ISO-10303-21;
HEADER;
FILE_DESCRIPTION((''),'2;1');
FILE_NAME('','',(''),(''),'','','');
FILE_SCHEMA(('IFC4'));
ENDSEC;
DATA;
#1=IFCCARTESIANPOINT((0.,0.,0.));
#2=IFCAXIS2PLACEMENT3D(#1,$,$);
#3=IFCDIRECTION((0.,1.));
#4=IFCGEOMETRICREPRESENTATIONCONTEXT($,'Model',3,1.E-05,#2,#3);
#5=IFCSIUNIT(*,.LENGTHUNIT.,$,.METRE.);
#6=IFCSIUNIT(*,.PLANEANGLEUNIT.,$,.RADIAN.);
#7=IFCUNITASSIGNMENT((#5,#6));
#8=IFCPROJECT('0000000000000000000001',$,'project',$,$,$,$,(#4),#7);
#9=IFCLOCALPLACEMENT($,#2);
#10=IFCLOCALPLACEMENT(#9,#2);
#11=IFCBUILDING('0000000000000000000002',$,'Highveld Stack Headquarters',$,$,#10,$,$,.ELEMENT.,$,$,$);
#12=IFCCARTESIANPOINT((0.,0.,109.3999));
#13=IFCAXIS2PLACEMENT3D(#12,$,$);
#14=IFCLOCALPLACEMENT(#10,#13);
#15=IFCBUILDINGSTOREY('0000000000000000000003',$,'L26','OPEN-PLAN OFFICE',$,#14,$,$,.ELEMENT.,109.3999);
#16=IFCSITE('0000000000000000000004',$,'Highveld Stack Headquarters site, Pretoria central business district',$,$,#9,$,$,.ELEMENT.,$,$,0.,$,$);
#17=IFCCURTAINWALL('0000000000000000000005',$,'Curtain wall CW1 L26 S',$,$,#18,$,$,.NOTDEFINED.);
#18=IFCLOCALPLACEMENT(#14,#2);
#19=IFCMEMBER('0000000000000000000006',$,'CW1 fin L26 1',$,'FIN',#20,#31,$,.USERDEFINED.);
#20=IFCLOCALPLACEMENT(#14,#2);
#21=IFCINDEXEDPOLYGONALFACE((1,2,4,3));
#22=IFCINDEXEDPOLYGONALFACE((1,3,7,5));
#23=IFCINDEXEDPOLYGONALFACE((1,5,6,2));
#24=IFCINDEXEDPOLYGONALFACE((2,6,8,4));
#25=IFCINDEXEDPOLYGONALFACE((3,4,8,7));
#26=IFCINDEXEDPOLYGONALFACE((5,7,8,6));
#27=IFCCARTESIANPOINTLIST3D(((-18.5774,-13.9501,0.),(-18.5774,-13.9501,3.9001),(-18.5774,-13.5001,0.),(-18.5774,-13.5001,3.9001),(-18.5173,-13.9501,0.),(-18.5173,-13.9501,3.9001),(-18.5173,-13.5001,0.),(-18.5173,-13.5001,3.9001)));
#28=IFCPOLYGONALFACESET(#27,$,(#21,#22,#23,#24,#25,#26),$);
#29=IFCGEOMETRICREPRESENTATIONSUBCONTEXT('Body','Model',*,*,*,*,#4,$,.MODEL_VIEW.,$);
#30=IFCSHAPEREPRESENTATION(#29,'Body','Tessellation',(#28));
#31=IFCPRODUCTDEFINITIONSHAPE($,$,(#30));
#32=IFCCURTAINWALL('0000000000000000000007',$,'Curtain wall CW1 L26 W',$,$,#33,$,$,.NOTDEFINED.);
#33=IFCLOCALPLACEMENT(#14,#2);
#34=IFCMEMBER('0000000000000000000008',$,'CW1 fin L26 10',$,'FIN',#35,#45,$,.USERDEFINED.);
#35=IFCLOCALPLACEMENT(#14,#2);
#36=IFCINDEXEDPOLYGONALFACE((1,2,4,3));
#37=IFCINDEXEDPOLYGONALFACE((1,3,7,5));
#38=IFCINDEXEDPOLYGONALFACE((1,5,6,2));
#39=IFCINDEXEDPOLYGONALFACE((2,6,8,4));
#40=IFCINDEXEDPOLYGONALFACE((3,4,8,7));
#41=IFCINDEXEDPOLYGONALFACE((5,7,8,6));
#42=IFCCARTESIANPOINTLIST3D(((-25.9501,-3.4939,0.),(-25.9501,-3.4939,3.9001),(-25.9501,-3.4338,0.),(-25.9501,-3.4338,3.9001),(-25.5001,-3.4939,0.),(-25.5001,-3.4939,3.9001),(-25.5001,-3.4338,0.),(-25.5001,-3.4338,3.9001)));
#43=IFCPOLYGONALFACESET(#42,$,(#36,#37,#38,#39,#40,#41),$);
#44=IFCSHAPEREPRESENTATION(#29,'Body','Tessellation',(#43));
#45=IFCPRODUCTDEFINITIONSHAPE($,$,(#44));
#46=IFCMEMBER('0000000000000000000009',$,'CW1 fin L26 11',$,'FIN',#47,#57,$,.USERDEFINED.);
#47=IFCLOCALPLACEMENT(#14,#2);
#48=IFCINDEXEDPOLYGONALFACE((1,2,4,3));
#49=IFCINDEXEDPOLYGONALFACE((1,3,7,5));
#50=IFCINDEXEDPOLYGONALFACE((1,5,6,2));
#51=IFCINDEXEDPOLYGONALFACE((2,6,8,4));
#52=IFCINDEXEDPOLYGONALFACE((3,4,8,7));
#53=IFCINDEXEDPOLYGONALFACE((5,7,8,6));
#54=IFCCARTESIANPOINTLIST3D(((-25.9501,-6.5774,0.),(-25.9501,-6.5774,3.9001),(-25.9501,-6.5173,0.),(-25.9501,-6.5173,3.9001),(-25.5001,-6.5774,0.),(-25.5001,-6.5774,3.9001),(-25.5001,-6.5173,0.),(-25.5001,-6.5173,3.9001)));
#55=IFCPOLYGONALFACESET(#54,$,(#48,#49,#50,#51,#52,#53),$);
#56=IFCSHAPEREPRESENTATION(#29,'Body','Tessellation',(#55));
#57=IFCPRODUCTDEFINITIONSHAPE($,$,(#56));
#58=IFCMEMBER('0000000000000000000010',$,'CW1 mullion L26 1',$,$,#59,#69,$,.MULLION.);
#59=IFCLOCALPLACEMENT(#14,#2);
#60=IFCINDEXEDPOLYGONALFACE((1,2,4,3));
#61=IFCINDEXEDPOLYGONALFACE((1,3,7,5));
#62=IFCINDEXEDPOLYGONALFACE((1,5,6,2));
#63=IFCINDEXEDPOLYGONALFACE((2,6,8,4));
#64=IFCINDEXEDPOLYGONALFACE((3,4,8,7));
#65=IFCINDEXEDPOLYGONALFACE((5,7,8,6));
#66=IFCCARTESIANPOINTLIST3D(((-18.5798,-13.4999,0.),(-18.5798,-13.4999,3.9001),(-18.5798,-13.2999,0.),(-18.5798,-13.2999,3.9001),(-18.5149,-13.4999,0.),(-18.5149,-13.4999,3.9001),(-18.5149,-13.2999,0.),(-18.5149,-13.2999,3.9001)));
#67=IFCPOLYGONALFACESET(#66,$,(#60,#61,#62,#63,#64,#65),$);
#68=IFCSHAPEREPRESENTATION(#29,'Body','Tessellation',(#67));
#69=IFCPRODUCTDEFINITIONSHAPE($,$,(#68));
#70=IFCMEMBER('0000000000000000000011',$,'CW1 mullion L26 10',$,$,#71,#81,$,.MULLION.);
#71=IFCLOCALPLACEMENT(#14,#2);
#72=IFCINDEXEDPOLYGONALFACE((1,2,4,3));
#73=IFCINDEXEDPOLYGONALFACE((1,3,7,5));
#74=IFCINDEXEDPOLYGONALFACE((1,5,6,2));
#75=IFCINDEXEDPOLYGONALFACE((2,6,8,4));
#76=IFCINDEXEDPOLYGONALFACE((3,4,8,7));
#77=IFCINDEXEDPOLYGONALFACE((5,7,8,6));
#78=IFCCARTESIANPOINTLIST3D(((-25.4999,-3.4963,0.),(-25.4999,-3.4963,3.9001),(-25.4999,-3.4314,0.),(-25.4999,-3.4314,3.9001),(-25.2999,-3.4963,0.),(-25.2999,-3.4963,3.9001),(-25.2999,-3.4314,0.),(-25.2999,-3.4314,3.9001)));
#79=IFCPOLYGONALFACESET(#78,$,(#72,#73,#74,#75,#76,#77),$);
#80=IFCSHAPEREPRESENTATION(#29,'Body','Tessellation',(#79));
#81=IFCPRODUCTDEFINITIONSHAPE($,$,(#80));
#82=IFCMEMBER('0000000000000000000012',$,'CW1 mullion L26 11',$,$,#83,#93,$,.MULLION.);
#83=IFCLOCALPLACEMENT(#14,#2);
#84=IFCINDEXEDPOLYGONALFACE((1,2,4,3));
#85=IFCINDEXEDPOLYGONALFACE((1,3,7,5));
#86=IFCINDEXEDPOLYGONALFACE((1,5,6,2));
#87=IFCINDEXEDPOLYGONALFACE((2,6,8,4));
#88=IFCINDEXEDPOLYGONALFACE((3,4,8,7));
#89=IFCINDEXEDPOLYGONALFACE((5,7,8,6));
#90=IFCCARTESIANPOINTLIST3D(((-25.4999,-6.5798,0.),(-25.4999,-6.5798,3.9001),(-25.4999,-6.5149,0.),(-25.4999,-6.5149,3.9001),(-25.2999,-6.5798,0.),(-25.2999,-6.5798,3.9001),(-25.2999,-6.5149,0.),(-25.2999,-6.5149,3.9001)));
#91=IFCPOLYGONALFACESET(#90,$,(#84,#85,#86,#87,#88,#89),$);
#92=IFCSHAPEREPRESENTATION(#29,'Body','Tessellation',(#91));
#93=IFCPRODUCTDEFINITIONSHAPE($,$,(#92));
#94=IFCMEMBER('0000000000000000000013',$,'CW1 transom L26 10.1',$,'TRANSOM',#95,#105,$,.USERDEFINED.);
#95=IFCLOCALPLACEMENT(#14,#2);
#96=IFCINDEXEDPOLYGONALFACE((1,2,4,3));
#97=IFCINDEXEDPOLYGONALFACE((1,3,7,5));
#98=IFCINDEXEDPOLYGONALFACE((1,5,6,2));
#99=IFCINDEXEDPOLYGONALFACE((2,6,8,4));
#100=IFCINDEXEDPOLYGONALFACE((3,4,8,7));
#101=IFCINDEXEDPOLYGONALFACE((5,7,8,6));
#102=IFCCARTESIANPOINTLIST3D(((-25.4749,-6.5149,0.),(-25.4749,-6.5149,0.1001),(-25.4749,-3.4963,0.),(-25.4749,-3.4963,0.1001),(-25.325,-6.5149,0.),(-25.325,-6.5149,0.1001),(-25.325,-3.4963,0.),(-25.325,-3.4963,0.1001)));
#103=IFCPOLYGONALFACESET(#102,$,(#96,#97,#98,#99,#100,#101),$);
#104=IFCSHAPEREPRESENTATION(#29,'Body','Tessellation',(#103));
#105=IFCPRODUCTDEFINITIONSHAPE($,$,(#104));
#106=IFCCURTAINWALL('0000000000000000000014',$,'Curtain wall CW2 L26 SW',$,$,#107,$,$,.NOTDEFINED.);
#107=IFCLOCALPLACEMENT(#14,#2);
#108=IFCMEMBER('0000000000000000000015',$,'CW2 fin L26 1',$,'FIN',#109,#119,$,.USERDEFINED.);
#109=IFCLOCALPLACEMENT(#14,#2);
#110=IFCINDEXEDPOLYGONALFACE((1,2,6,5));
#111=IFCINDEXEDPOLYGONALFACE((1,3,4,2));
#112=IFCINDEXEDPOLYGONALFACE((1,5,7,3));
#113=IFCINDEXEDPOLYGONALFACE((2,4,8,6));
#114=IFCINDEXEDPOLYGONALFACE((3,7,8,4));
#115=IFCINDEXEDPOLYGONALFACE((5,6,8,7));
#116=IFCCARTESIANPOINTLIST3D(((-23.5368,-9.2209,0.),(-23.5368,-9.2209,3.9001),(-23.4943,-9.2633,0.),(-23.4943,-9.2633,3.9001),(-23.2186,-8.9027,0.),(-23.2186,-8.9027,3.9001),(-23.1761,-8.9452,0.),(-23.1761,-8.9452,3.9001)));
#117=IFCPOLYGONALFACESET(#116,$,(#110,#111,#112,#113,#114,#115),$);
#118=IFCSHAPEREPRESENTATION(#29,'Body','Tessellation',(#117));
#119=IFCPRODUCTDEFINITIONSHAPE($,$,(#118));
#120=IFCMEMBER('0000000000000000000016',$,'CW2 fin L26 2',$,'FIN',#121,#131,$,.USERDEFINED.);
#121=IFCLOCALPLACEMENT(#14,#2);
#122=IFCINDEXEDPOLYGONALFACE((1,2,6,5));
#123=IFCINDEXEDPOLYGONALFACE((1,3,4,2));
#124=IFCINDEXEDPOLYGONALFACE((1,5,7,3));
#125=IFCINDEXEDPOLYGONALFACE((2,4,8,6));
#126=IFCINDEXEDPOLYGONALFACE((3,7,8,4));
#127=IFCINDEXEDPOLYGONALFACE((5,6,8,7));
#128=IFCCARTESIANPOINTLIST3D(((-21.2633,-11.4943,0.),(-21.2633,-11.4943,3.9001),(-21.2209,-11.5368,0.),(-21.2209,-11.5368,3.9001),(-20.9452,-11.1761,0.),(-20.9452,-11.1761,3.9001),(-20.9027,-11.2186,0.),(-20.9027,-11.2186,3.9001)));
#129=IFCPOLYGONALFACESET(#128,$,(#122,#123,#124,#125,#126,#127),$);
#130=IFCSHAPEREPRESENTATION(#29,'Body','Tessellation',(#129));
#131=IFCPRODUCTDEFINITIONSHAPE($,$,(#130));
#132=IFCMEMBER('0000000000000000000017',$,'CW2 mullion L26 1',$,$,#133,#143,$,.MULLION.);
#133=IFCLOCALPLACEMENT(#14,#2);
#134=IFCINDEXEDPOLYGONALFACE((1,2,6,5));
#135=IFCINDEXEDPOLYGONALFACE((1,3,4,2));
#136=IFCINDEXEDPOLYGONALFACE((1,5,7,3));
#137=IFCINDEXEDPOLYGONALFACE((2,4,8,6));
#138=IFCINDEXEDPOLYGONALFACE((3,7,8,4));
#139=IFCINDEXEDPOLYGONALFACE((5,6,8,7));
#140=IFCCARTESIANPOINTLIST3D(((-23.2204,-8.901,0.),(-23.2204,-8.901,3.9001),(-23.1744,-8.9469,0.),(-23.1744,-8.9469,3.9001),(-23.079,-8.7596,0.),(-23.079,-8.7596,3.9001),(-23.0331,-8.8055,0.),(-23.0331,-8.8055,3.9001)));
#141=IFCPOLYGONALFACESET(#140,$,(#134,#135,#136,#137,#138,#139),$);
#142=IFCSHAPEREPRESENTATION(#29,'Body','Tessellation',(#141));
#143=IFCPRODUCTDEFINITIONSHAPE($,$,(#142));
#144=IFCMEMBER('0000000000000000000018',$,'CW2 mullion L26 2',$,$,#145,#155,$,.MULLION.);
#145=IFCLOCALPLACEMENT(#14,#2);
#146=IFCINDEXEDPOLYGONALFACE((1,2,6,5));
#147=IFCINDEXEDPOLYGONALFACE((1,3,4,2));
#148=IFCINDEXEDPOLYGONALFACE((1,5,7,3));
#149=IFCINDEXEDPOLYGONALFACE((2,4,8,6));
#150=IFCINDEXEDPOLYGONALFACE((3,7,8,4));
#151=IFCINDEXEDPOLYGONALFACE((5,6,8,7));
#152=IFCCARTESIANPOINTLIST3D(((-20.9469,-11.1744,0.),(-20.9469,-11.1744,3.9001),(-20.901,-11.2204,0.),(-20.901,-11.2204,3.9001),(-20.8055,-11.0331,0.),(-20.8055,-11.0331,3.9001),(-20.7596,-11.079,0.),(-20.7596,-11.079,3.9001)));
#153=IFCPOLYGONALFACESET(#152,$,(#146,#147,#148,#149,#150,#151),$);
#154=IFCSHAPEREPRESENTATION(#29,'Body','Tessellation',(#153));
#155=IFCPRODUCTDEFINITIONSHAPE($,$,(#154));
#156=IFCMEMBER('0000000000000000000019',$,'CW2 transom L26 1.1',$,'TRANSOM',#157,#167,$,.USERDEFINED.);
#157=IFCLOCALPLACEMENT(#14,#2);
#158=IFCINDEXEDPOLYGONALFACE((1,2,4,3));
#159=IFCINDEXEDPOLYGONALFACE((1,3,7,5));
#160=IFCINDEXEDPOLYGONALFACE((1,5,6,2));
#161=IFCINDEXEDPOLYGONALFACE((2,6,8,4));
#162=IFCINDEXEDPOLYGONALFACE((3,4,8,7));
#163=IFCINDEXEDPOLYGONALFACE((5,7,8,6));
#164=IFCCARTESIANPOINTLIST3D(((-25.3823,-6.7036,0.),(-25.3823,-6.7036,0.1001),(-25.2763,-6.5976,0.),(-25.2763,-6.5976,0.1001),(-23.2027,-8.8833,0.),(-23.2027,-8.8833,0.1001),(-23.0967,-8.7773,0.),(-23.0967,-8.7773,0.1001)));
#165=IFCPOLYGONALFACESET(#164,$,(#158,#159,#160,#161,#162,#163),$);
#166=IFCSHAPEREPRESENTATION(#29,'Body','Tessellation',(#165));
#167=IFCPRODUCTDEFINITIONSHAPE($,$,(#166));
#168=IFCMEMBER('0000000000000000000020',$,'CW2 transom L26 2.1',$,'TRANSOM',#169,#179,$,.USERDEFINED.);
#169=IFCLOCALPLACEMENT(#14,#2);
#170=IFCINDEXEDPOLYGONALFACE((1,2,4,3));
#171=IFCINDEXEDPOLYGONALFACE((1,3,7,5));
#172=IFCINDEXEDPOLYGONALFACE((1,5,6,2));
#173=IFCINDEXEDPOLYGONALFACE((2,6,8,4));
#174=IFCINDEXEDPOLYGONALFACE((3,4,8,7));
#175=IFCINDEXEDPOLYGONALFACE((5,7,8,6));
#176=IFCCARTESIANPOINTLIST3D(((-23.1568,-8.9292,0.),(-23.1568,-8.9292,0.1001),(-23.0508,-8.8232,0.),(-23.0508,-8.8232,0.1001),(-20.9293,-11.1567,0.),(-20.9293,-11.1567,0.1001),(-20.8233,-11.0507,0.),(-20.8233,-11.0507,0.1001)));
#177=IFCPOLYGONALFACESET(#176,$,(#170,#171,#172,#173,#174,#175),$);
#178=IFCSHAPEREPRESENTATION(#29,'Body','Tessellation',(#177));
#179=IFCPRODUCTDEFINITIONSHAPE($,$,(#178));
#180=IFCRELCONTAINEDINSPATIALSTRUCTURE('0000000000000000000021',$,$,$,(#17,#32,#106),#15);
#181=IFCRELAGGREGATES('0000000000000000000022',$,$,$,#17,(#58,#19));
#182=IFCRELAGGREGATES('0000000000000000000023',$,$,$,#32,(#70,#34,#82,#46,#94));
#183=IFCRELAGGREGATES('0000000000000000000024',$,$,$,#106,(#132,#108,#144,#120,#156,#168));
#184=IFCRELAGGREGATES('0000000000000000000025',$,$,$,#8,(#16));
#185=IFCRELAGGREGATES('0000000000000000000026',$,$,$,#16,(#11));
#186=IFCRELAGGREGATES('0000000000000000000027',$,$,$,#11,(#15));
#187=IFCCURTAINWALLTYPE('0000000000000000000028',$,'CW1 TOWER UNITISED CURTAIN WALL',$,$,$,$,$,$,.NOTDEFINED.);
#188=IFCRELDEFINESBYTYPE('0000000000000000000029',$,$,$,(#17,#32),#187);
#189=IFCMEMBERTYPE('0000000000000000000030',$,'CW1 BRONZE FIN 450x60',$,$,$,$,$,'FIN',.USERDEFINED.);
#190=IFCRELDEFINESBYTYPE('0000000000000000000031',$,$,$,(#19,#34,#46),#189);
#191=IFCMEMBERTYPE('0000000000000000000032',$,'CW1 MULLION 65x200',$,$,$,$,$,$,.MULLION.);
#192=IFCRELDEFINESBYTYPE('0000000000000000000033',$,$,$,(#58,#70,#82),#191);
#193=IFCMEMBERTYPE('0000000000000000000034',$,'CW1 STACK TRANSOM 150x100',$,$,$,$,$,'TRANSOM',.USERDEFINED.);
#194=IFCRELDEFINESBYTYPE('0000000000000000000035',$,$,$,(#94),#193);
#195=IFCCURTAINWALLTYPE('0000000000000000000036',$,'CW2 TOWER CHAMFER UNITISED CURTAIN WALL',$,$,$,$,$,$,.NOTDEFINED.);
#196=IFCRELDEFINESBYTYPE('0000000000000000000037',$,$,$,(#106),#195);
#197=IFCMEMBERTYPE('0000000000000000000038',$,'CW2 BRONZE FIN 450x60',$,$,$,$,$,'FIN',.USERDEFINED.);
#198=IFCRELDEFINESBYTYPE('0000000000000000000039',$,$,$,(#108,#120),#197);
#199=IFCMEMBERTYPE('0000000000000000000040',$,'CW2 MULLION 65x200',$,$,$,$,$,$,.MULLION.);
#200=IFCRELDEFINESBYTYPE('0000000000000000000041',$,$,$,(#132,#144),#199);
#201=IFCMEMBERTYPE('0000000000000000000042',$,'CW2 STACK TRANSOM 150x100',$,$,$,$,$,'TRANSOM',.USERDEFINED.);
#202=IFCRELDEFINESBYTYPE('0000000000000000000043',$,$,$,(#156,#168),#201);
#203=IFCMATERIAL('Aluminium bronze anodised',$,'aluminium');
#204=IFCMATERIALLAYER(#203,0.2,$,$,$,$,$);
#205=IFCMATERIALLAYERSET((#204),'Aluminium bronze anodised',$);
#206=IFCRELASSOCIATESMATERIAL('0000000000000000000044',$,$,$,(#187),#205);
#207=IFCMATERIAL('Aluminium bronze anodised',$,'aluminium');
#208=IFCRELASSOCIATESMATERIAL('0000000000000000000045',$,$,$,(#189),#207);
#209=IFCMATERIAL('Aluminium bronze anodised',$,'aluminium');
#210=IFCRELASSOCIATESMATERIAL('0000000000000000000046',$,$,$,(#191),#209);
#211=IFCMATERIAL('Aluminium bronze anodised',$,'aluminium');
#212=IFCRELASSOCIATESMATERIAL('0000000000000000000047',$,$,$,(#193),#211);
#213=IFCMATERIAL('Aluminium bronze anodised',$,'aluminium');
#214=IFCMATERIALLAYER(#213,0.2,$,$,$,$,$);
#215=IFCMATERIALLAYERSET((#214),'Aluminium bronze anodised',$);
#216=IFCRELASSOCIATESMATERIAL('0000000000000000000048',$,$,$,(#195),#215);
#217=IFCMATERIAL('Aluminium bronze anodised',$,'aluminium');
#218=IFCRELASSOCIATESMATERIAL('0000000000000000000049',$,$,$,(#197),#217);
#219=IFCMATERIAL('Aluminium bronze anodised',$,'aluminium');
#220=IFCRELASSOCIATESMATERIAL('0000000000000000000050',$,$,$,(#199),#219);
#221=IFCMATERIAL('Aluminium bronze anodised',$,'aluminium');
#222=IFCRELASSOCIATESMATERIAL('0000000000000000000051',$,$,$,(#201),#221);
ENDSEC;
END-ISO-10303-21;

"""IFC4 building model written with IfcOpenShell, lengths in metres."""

from ifc_helpers import new_model, si_unit, direction, frame, origin, origin_2d, place, context, subcontext, project, spatial, rectangle, extrude, material, layer, layer_set, material_profile, profile_set, type_object, element, aggregate, save


model = new_model("IFC4")

# Units and contexts
model_context = context("Model", 3, precision=1e-05, world=origin(), true_north=direction((0.0, 1.0)))
body_context = subcontext(model_context, "Body", "Model", "MODEL_VIEW")
ifc_project = project(units=[si_unit("LENGTHUNIT", "METRE"), si_unit("PLANEANGLEUNIT", "RADIAN")], contexts=[model_context])

# Site, building, storey
site_placement = place(None, origin())
site = spatial("IfcSite", under=ifc_project, at=site_placement, Name="Highveld Stack Headquarters site, Pretoria central business district", CompositionType="ELEMENT", RefElevation=0.0)
building_placement = place(site_placement, origin())
building = spatial("IfcBuilding", under=site, at=building_placement, Name="Highveld Stack Headquarters", CompositionType="ELEMENT")
storey_placement = place(building_placement, frame((0.0, 0.0, 109.3999)))
storey = spatial("IfcBuildingStorey", under=building, at=storey_placement, Name="L26", Description="OPEN-PLAN OFFICE", CompositionType="ELEMENT", Elevation=109.3999)

# Curtain wall, member
ifc_material_1 = material(Name="Aluminium bronze anodised", Category="aluminium")
ifc_layer_1 = layer(ifc_material_1, 0.2)
ifc_layer_set_1 = layer_set([ifc_layer_1], Name="Aluminium bronze anodised")
curtain_wall_type_1 = type_object("IfcCurtainWallType", Name="CW1 TOWER UNITISED CURTAIN WALL", PredefinedType="NOTDEFINED", material=ifc_layer_set_1)
curtain_wall_1_placement = place(storey_placement, origin())
curtain_wall_1 = element("IfcCurtainWall", 1, at=curtain_wall_1_placement, inside=storey, type_object=curtain_wall_type_1, Name="Curtain wall CW1 L26 S", PredefinedType="NOTDEFINED")
ifc_material_2 = material(Name="Aluminium bronze anodised", Category="aluminium")
ifc_material_profile_1 = material_profile(ifc_material_2, rectangle(XDim=0.45, YDim=0.0601, at=origin_2d()), Name="FIN 450x60")
ifc_profile_set_1 = profile_set([ifc_material_profile_1], Name="Aluminium bronze anodised")
member_type_1 = type_object("IfcMemberType", Name="CW1 BRONZE FIN 450x60", ElementType="FIN", PredefinedType="USERDEFINED", material=ifc_profile_set_1)
member_1_placement = place(storey_placement, frame((-18.5474, -13.7251, 0.0), z_axis=(0.0, 0.0, 1.0), x_axis=(0.0, 1.0, 0.0)))
member_1 = element("IfcMember", 2, at=member_1_placement, type_object=member_type_1, Name="CW1 fin L26 1", ObjectType="FIN", PredefinedType="USERDEFINED", context=body_context, shape_type="SweptSolid", body=[
    extrude(rectangle(XDim=0.45, YDim=0.0601, at=origin_2d()), origin(), (0.0, 0.0, 1.0), 3.9001),
])

# Curtain wall, members
curtain_wall_2_placement = place(storey_placement, origin())
curtain_wall_2 = element("IfcCurtainWall", 3, at=curtain_wall_2_placement, inside=storey, type_object=curtain_wall_type_1, Name="Curtain wall CW1 L26 W", PredefinedType="NOTDEFINED")
member_2_placement = place(storey_placement, frame((-25.7251, -3.4639, 0.0), z_axis=(0.0, 0.0, 1.0), x_axis=(1.0, 0.0, 0.0)))
member_2 = element("IfcMember", 4, at=member_2_placement, type_object=member_type_1, Name="CW1 fin L26 10", ObjectType="FIN", PredefinedType="USERDEFINED", context=body_context, shape_type="SweptSolid", body=[
    extrude(rectangle(XDim=0.45, YDim=0.0601, at=origin_2d()), origin(), (0.0, 0.0, 1.0), 3.9001),
])
member_3_placement = place(storey_placement, frame((-25.7251, -6.5474, 0.0), z_axis=(0.0, 0.0, 1.0), x_axis=(1.0, 0.0, 0.0)))
member_3 = element("IfcMember", 5, at=member_3_placement, type_object=member_type_1, Name="CW1 fin L26 11", ObjectType="FIN", PredefinedType="USERDEFINED", context=body_context, shape_type="SweptSolid", body=[
    extrude(rectangle(XDim=0.45, YDim=0.0601, at=origin_2d()), origin(), (0.0, 0.0, 1.0), 3.9001),
])

# Members
ifc_material_3 = material(Name="Aluminium bronze anodised", Category="aluminium")
ifc_material_profile_2 = material_profile(ifc_material_3, rectangle(XDim=0.2, YDim=0.0649, at=origin_2d()), Name="CW1 MULLION 65x200")
ifc_profile_set_2 = profile_set([ifc_material_profile_2], Name="Aluminium bronze anodised")
member_type_2 = type_object("IfcMemberType", Name="CW1 MULLION 65x200", PredefinedType="MULLION", material=ifc_profile_set_2)
member_4_placement = place(storey_placement, frame((-18.5474, -13.3999, 0.0), z_axis=(0.0, 0.0, 1.0), x_axis=(0.0, 1.0, 0.0)))
member_4 = element("IfcMember", 6, at=member_4_placement, type_object=member_type_2, Name="CW1 mullion L26 1", PredefinedType="MULLION", context=body_context, shape_type="SweptSolid", body=[
    extrude(rectangle(XDim=0.2, YDim=0.0649, at=origin_2d()), origin(), (0.0, 0.0, 1.0), 3.9001),
])
aggregate(curtain_wall_1, [member_4, member_1])
member_5_placement = place(storey_placement, frame((-25.3999, -3.4639, 0.0), z_axis=(0.0, 0.0, 1.0), x_axis=(1.0, 0.0, 0.0)))
member_5 = element("IfcMember", 7, at=member_5_placement, type_object=member_type_2, Name="CW1 mullion L26 10", PredefinedType="MULLION", context=body_context, shape_type="SweptSolid", body=[
    extrude(rectangle(XDim=0.2, YDim=0.0649, at=origin_2d()), origin(), (0.0, 0.0, 1.0), 3.9001),
])
member_6_placement = place(storey_placement, frame((-25.3999, -6.5474, 0.0), z_axis=(0.0, 0.0, 1.0), x_axis=(1.0, 0.0, 0.0)))
member_6 = element("IfcMember", 8, at=member_6_placement, type_object=member_type_2, Name="CW1 mullion L26 11", PredefinedType="MULLION", context=body_context, shape_type="SweptSolid", body=[
    extrude(rectangle(XDim=0.2, YDim=0.0649, at=origin_2d()), origin(), (0.0, 0.0, 1.0), 3.9001),
])
ifc_material_4 = material(Name="Aluminium bronze anodised", Category="aluminium")
ifc_material_profile_3 = material_profile(ifc_material_4, rectangle(XDim=0.1499, YDim=0.1001, at=origin_2d()), Name="CW1 TRANSOM 150x100")
ifc_profile_set_3 = profile_set([ifc_material_profile_3], Name="Aluminium bronze anodised")
member_type_3 = type_object("IfcMemberType", Name="CW1 STACK TRANSOM 150x100", ElementType="TRANSOM", PredefinedType="USERDEFINED", material=ifc_profile_set_3)
member_7_placement = place(storey_placement, frame((-25.3999, -3.4963, 0.05), z_axis=(0.0, -1.0, 0.0), x_axis=(1.0, 0.0, 0.0)))
member_7 = element("IfcMember", 9, at=member_7_placement, type_object=member_type_3, Name="CW1 transom L26 10.1", ObjectType="TRANSOM", PredefinedType="USERDEFINED", context=body_context, shape_type="SweptSolid", body=[
    extrude(rectangle(XDim=0.1499, YDim=0.1001, at=origin_2d()), origin(), (0.0, 0.0, 1.0), 3.0186),
])

# Curtain wall, members
ifc_material_5 = material(Name="Aluminium bronze anodised", Category="aluminium")
ifc_layer_2 = layer(ifc_material_5, 0.2)
ifc_layer_set_2 = layer_set([ifc_layer_2], Name="Aluminium bronze anodised")
curtain_wall_type_2 = type_object("IfcCurtainWallType", Name="CW2 TOWER CHAMFER UNITISED CURTAIN WALL", PredefinedType="NOTDEFINED", material=ifc_layer_set_2)
curtain_wall_3_placement = place(storey_placement, origin())
curtain_wall_3 = element("IfcCurtainWall", 10, at=curtain_wall_3_placement, inside=storey, type_object=curtain_wall_type_2, Name="Curtain wall CW2 L26 SW", PredefinedType="NOTDEFINED")
ifc_material_6 = material(Name="Aluminium bronze anodised", Category="aluminium")
ifc_material_profile_4 = material_profile(ifc_material_6, rectangle(XDim=0.45, YDim=0.0601, at=origin_2d()), Name="FIN 450x60")
ifc_profile_set_4 = profile_set([ifc_material_profile_4], Name="Aluminium bronze anodised")
member_type_4 = type_object("IfcMemberType", Name="CW2 BRONZE FIN 450x60", ElementType="FIN", PredefinedType="USERDEFINED", material=ifc_profile_set_4)
member_8_placement = place(storey_placement, frame((-23.3564, -9.083, 0.0), z_axis=(0.0, 0.0, 1.0), x_axis=(0.707107, 0.707107, 0.0)))
member_8 = element("IfcMember", 11, at=member_8_placement, type_object=member_type_4, Name="CW2 fin L26 1", ObjectType="FIN", PredefinedType="USERDEFINED", context=body_context, shape_type="SweptSolid", body=[
    extrude(rectangle(XDim=0.45, YDim=0.0601, at=origin_2d()), origin(), (0.0, 0.0, 1.0), 3.9001),
])
member_9_placement = place(storey_placement, frame((-21.083, -11.3564, 0.0), z_axis=(0.0, 0.0, 1.0), x_axis=(0.707107, 0.707107, 0.0)))
member_9 = element("IfcMember", 12, at=member_9_placement, type_object=member_type_4, Name="CW2 fin L26 2", ObjectType="FIN", PredefinedType="USERDEFINED", context=body_context, shape_type="SweptSolid", body=[
    extrude(rectangle(XDim=0.45, YDim=0.0601, at=origin_2d()), origin(), (0.0, 0.0, 1.0), 3.9001),
])
ifc_material_7 = material(Name="Aluminium bronze anodised", Category="aluminium")
ifc_material_profile_5 = material_profile(ifc_material_7, rectangle(XDim=0.2, YDim=0.0649, at=origin_2d()), Name="CW2 MULLION 65x200")
ifc_profile_set_5 = profile_set([ifc_material_profile_5], Name="Aluminium bronze anodised")
member_type_5 = type_object("IfcMemberType", Name="CW2 MULLION 65x200", PredefinedType="MULLION", material=ifc_profile_set_5)
member_10_placement = place(storey_placement, frame((-23.1267, -8.8533, 0.0), z_axis=(0.0, 0.0, 1.0), x_axis=(0.707107, 0.707107, 0.0)))
member_10 = element("IfcMember", 13, at=member_10_placement, type_object=member_type_5, Name="CW2 mullion L26 1", PredefinedType="MULLION", context=body_context, shape_type="SweptSolid", body=[
    extrude(rectangle(XDim=0.2, YDim=0.0649, at=origin_2d()), origin(), (0.0, 0.0, 1.0), 3.9001),
])
member_11_placement = place(storey_placement, frame((-20.8533, -11.1267, 0.0), z_axis=(0.0, 0.0, 1.0), x_axis=(0.707107, 0.707107, 0.0)))
member_11 = element("IfcMember", 14, at=member_11_placement, type_object=member_type_5, Name="CW2 mullion L26 2", PredefinedType="MULLION", context=body_context, shape_type="SweptSolid", body=[
    extrude(rectangle(XDim=0.2, YDim=0.0649, at=origin_2d()), origin(), (0.0, 0.0, 1.0), 3.9001),
])
ifc_material_8 = material(Name="Aluminium bronze anodised", Category="aluminium")
ifc_material_profile_6 = material_profile(ifc_material_8, rectangle(XDim=0.1499, YDim=0.1001, at=origin_2d()), Name="CW2 TRANSOM 150x100")
ifc_profile_set_6 = profile_set([ifc_material_profile_6], Name="Aluminium bronze anodised")
member_type_6 = type_object("IfcMemberType", Name="CW2 STACK TRANSOM 150x100", ElementType="TRANSOM", PredefinedType="USERDEFINED", material=ifc_profile_set_6)
member_12_placement = place(storey_placement, frame((-25.3293, -6.6506, 0.05), z_axis=(0.707107, -0.707107, 0.0), x_axis=(0.707107, 0.707107, 0.0)))
member_12 = element("IfcMember", 15, at=member_12_placement, type_object=member_type_6, Name="CW2 transom L26 1.1", ObjectType="TRANSOM", PredefinedType="USERDEFINED", context=body_context, shape_type="SweptSolid", body=[
    extrude(rectangle(XDim=0.1499, YDim=0.1001, at=origin_2d()), origin(), (0.0, 0.0, 1.0), 3.0825),
])
member_13_placement = place(storey_placement, frame((-23.1038, -8.8762, 0.05), z_axis=(0.707107, -0.707107, 0.0), x_axis=(0.707107, 0.707107, 0.0)))
member_13 = element("IfcMember", 16, at=member_13_placement, type_object=member_type_6, Name="CW2 transom L26 2.1", ObjectType="TRANSOM", PredefinedType="USERDEFINED", context=body_context, shape_type="SweptSolid", body=[
    extrude(rectangle(XDim=0.1499, YDim=0.1001, at=origin_2d()), origin(), (0.0, 0.0, 1.0), 3.1501),
])

aggregate(curtain_wall_2, [member_5, member_2, member_6, member_3, member_7])
aggregate(curtain_wall_3, [member_10, member_8, member_11, member_9, member_12, member_13])

save(model, "model.ifc")
